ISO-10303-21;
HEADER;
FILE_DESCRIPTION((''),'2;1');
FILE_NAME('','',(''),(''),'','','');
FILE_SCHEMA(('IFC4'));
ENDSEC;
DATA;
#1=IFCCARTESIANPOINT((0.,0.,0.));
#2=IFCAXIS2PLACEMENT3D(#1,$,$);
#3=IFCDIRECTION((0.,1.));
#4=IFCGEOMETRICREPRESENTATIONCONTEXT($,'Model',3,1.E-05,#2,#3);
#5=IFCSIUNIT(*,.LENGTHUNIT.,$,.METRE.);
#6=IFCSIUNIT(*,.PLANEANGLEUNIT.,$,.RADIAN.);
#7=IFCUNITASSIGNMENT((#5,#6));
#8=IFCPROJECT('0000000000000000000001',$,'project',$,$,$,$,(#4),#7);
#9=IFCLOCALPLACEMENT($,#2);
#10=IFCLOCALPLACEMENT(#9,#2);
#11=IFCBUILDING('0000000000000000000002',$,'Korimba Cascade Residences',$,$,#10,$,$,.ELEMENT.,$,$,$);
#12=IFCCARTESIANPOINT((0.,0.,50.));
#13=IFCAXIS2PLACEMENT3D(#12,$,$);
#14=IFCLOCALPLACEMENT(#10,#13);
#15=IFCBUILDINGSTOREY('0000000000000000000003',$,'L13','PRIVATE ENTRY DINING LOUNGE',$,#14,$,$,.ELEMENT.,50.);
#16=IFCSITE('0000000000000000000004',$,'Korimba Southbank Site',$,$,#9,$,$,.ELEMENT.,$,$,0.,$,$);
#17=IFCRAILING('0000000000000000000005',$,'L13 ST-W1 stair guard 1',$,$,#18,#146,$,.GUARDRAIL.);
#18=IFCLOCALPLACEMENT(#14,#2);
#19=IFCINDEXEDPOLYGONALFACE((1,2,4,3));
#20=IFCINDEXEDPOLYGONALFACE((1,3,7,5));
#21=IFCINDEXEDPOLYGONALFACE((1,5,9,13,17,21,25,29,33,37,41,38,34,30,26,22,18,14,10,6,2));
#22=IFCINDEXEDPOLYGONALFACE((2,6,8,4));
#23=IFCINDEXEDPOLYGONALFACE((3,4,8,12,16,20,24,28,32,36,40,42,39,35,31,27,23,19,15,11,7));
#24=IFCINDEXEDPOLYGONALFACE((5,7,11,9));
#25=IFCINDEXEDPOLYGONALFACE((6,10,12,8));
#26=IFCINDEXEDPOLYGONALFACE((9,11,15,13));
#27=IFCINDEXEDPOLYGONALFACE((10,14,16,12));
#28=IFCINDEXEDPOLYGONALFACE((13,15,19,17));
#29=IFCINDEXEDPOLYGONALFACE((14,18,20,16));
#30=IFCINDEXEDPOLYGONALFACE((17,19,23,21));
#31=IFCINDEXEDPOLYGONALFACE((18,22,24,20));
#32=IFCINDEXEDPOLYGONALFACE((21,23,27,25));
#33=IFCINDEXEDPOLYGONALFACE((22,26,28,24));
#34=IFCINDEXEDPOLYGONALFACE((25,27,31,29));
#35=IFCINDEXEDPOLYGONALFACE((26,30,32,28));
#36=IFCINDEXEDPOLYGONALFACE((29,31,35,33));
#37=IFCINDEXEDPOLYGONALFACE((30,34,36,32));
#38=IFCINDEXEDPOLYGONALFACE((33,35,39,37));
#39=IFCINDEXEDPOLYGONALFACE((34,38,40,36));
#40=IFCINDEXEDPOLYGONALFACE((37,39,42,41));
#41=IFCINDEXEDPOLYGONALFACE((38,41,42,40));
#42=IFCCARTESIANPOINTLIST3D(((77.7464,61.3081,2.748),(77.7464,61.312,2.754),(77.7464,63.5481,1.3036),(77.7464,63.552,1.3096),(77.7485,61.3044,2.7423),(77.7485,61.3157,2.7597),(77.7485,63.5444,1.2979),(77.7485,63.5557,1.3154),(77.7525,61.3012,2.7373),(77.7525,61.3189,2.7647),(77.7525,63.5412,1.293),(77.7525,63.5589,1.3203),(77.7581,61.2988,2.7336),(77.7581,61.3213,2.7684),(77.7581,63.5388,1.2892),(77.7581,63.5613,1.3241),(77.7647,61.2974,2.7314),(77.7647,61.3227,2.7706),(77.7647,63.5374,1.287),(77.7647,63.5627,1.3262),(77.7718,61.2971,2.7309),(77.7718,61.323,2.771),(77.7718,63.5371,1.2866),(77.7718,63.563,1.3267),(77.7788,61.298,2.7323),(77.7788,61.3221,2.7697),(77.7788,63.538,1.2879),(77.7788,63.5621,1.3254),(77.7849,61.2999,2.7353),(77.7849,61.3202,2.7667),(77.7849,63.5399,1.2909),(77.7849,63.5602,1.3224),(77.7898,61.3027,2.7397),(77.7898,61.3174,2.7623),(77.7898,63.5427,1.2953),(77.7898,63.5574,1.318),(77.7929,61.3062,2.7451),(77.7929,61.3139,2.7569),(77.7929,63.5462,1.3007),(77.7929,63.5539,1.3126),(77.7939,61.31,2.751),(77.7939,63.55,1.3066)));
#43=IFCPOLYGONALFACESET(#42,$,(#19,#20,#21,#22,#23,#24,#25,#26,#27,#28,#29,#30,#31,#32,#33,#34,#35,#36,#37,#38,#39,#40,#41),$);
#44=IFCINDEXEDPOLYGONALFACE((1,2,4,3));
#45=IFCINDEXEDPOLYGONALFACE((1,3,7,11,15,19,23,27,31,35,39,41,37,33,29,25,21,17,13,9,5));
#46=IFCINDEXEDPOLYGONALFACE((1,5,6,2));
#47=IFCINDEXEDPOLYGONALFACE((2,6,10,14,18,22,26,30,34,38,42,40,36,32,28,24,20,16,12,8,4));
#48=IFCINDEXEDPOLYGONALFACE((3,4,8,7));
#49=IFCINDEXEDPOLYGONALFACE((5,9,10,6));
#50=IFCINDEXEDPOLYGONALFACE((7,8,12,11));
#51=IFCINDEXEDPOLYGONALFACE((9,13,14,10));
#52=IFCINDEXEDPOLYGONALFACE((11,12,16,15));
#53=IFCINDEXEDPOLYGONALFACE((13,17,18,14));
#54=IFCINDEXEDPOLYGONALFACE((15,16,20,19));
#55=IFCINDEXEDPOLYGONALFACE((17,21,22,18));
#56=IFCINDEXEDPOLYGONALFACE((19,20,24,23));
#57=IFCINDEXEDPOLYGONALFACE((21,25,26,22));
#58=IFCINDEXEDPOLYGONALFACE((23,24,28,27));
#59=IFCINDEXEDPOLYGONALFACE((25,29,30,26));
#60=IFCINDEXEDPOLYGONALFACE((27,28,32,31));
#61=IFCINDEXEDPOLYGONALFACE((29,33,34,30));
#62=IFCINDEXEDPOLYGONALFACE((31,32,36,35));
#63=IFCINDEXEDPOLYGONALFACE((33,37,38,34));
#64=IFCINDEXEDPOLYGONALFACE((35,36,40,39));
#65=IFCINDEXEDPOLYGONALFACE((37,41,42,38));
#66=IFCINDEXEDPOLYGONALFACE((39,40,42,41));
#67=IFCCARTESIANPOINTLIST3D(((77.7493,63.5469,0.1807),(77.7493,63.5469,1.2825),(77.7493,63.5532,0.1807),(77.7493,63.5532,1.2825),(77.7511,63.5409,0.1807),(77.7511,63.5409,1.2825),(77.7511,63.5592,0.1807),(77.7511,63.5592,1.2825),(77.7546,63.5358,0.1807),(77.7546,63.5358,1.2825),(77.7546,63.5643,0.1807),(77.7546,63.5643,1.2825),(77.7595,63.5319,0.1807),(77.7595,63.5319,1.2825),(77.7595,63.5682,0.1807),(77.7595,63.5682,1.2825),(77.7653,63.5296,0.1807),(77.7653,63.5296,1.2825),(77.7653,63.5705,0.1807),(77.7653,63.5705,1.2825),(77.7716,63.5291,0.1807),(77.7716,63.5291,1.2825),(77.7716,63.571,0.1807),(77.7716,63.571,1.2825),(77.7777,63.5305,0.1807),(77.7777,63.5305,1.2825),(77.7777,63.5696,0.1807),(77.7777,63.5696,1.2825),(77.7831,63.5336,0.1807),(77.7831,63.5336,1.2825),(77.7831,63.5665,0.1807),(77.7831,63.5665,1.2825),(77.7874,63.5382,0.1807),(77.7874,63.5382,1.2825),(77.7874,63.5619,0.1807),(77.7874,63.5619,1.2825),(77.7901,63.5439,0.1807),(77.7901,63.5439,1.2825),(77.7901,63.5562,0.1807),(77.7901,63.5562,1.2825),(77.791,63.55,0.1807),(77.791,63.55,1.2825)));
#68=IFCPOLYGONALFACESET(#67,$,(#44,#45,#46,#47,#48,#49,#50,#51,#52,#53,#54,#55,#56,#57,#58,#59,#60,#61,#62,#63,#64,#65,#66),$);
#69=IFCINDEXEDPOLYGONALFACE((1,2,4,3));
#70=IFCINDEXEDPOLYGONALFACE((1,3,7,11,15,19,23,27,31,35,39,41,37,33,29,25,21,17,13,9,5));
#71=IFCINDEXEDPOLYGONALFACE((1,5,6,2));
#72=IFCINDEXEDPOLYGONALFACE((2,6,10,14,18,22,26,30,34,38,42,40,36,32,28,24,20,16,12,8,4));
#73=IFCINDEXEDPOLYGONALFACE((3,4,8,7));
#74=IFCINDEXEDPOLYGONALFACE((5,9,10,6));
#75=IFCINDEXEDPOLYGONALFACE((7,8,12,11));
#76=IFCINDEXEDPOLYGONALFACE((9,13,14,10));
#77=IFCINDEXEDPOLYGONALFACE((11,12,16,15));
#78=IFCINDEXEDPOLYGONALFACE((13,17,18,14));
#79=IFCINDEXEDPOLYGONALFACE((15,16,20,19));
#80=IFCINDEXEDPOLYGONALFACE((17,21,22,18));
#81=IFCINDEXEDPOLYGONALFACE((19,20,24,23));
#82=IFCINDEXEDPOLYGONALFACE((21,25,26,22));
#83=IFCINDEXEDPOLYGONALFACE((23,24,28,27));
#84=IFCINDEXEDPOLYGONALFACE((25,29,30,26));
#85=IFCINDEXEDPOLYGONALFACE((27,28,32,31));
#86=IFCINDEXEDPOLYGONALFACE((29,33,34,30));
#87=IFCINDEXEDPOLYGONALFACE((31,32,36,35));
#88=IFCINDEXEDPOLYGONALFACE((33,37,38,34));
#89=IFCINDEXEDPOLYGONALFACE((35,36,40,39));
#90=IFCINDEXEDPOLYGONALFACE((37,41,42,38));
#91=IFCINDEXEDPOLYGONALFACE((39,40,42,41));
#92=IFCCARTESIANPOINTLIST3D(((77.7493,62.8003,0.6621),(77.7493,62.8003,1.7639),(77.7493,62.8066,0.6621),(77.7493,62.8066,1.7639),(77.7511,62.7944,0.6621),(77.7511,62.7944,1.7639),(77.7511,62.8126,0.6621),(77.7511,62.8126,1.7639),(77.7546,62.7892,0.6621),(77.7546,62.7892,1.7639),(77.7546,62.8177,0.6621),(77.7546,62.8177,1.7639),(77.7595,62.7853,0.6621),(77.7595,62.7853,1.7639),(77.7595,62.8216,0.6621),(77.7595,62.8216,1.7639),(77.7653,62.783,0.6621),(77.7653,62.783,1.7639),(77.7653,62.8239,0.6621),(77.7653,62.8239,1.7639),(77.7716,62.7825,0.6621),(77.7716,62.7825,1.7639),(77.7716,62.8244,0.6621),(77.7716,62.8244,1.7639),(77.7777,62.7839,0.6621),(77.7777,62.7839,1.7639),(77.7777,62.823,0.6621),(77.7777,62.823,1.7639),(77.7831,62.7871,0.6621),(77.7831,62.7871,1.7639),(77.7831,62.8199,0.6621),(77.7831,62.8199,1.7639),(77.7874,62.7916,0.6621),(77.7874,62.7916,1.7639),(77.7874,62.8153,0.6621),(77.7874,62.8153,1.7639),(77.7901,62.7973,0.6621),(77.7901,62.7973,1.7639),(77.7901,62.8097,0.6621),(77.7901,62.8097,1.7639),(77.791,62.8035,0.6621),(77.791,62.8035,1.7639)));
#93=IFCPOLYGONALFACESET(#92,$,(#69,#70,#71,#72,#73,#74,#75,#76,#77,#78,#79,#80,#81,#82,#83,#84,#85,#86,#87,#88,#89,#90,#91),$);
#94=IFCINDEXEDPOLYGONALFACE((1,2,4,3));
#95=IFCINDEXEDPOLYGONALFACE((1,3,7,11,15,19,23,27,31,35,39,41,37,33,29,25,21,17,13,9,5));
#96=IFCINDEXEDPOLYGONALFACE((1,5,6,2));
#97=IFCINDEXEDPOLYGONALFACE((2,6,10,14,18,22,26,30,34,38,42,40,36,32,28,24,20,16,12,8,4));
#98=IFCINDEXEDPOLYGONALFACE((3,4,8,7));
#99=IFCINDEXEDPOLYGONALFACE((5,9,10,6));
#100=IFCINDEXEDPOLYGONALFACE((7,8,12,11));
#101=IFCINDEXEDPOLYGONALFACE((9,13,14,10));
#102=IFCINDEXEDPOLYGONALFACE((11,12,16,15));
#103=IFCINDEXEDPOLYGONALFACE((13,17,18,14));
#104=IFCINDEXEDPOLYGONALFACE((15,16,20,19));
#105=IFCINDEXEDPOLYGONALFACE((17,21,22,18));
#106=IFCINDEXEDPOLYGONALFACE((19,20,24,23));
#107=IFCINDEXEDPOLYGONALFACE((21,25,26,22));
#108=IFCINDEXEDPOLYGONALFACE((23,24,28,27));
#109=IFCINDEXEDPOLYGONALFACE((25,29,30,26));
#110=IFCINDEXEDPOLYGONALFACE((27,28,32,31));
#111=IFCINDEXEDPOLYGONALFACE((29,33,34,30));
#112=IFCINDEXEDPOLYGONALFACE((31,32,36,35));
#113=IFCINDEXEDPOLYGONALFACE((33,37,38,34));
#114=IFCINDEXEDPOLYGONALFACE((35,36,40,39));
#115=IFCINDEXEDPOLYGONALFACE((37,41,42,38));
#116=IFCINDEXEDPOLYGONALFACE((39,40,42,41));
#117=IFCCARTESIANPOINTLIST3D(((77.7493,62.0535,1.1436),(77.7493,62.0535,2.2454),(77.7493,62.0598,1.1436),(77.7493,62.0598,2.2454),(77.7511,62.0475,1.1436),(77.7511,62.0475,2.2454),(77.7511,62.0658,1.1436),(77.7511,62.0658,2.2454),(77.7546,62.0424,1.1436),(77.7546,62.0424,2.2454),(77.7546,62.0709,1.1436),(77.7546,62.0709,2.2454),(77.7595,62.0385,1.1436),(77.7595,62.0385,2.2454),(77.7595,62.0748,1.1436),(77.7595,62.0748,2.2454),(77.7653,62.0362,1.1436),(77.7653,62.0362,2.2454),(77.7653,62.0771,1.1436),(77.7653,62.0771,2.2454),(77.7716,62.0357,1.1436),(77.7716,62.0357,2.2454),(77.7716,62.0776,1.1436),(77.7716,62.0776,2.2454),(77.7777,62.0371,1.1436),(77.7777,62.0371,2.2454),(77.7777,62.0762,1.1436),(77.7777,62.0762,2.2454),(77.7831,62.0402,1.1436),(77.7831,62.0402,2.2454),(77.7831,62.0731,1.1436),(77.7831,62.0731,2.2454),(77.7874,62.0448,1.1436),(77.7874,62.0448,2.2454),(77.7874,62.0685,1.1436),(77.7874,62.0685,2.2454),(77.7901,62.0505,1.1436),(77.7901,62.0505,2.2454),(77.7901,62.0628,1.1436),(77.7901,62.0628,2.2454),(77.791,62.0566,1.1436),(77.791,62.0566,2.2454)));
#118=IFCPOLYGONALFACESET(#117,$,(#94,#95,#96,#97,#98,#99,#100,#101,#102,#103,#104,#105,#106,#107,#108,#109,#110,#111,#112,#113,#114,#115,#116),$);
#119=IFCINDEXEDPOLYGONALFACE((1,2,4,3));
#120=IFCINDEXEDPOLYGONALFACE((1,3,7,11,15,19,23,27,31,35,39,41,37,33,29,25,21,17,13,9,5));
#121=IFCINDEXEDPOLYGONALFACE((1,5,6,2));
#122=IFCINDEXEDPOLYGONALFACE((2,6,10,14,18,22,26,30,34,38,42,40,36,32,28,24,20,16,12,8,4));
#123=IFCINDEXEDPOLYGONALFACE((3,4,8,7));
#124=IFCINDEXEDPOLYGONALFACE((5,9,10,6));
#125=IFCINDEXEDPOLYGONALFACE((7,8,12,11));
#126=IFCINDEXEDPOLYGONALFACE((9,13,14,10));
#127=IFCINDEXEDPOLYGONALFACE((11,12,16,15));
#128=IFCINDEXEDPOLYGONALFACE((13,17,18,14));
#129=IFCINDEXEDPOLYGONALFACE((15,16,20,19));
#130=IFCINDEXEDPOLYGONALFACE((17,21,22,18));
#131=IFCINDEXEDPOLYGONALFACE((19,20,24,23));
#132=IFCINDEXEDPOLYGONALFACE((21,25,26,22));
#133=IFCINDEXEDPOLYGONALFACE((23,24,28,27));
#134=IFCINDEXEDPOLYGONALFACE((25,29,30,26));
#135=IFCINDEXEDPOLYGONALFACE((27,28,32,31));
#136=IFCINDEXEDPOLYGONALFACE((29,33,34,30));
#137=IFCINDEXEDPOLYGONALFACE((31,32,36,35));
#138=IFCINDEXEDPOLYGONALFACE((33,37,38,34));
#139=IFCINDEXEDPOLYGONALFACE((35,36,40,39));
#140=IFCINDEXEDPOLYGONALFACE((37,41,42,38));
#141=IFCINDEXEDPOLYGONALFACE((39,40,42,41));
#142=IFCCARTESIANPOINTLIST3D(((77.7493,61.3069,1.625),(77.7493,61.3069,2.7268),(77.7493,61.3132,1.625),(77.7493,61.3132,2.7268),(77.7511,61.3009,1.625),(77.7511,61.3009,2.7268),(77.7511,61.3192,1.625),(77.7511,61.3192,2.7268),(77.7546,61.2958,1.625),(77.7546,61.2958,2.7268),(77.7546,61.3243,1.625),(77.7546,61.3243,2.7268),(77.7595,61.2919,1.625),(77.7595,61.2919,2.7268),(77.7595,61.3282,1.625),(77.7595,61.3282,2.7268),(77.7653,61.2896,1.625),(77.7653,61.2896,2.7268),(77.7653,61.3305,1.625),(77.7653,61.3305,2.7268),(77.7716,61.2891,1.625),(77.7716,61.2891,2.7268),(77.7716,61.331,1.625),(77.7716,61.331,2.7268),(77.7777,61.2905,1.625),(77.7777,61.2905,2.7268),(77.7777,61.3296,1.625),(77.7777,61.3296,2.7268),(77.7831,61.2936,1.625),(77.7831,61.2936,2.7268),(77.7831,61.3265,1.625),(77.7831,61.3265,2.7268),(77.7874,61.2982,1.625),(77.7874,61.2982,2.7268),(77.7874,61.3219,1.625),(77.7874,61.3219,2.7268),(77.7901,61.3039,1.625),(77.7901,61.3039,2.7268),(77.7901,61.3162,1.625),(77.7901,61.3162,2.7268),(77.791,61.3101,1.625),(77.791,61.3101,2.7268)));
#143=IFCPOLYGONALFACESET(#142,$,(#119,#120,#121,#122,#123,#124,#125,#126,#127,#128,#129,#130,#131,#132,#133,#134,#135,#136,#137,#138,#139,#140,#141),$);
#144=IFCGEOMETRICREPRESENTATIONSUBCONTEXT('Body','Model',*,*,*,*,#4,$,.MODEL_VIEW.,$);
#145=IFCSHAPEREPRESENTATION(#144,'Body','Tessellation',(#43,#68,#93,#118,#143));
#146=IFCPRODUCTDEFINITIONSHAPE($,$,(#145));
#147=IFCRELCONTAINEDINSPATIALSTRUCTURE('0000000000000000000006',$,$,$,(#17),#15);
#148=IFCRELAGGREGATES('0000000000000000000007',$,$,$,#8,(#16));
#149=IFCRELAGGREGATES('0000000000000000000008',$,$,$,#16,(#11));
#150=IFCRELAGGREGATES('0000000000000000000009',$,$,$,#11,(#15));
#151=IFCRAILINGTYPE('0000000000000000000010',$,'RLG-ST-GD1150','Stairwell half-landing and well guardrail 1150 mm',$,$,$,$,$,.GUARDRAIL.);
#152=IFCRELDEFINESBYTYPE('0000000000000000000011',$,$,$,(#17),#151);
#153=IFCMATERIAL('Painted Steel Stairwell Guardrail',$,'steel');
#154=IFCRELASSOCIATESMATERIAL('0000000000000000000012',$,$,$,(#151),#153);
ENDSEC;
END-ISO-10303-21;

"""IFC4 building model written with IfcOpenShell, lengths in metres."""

from ifc_helpers import new_model, si_unit, direction, frame, origin, origin_2d, place, context, subcontext, project, spatial, circle, extrude, material, type_object, element, save


model = new_model("IFC4")

# Units and contexts
model_context = context("Model", 3, precision=1e-05, world=origin(), true_north=direction((0.0, 1.0)))
body_context = subcontext(model_context, "Body", "Model", "MODEL_VIEW")
ifc_project = project(units=[si_unit("LENGTHUNIT", "METRE"), si_unit("PLANEANGLEUNIT", "RADIAN")], contexts=[model_context])

# Site, building, storey
site_placement = place(None, origin())
site = spatial("IfcSite", under=ifc_project, at=site_placement, Name="Korimba Southbank Site", CompositionType="ELEMENT", RefElevation=0.0)
building_placement = place(site_placement, origin())
building = spatial("IfcBuilding", under=site, at=building_placement, Name="Korimba Cascade Residences", CompositionType="ELEMENT")
storey_placement = place(building_placement, frame((0.0, 0.0, 50.0)))
storey = spatial("IfcBuildingStorey", under=building, at=storey_placement, Name="L13", Description="PRIVATE ENTRY DINING LOUNGE", CompositionType="ELEMENT", Elevation=50.0)

# Railing
ifc_material_1 = material(Name="Painted Steel Stairwell Guardrail", Category="steel")
railing_type_1 = type_object("IfcRailingType", Name="RLG-ST-GD1150", Description="Stairwell half-landing and well guardrail 1150 mm", PredefinedType="GUARDRAIL", material=ifc_material_1)
railing_1_placement = place(storey_placement, frame((77.77, 63.55, 0.1807)))
element("IfcRailing", 1, at=railing_1_placement, inside=storey, type_object=railing_type_1, Name="L13 ST-W1 stair guard 1", PredefinedType="GUARDRAIL", context=body_context, shape_type="SweptSolid", body=[
    extrude(circle(Radius=0.0239, at=origin_2d()), frame((0.0, 0.0, 1.126), z_axis=(0.0, -0.840437, 0.54191), x_axis=(1.0, 0.0, 0.0)), (0.0, 0.0, 1.0), 2.6653),
    extrude(circle(Radius=0.021, at=origin_2d()), origin(), (0.0, 0.0, 1.0), 1.1018),
    extrude(circle(Radius=0.021, at=origin_2d()), frame((0.0, -0.7466, 0.4814)), (0.0, 0.0, 1.0), 1.1018),
    extrude(circle(Radius=0.021, at=origin_2d()), frame((0.0, -1.4934, 0.9629)), (0.0, 0.0, 1.0), 1.1018),
    extrude(circle(Radius=0.021, at=origin_2d()), frame((0.0, -2.24, 1.4443)), (0.0, 0.0, 1.0), 1.1018),
])

save(model, "model.ifc")
